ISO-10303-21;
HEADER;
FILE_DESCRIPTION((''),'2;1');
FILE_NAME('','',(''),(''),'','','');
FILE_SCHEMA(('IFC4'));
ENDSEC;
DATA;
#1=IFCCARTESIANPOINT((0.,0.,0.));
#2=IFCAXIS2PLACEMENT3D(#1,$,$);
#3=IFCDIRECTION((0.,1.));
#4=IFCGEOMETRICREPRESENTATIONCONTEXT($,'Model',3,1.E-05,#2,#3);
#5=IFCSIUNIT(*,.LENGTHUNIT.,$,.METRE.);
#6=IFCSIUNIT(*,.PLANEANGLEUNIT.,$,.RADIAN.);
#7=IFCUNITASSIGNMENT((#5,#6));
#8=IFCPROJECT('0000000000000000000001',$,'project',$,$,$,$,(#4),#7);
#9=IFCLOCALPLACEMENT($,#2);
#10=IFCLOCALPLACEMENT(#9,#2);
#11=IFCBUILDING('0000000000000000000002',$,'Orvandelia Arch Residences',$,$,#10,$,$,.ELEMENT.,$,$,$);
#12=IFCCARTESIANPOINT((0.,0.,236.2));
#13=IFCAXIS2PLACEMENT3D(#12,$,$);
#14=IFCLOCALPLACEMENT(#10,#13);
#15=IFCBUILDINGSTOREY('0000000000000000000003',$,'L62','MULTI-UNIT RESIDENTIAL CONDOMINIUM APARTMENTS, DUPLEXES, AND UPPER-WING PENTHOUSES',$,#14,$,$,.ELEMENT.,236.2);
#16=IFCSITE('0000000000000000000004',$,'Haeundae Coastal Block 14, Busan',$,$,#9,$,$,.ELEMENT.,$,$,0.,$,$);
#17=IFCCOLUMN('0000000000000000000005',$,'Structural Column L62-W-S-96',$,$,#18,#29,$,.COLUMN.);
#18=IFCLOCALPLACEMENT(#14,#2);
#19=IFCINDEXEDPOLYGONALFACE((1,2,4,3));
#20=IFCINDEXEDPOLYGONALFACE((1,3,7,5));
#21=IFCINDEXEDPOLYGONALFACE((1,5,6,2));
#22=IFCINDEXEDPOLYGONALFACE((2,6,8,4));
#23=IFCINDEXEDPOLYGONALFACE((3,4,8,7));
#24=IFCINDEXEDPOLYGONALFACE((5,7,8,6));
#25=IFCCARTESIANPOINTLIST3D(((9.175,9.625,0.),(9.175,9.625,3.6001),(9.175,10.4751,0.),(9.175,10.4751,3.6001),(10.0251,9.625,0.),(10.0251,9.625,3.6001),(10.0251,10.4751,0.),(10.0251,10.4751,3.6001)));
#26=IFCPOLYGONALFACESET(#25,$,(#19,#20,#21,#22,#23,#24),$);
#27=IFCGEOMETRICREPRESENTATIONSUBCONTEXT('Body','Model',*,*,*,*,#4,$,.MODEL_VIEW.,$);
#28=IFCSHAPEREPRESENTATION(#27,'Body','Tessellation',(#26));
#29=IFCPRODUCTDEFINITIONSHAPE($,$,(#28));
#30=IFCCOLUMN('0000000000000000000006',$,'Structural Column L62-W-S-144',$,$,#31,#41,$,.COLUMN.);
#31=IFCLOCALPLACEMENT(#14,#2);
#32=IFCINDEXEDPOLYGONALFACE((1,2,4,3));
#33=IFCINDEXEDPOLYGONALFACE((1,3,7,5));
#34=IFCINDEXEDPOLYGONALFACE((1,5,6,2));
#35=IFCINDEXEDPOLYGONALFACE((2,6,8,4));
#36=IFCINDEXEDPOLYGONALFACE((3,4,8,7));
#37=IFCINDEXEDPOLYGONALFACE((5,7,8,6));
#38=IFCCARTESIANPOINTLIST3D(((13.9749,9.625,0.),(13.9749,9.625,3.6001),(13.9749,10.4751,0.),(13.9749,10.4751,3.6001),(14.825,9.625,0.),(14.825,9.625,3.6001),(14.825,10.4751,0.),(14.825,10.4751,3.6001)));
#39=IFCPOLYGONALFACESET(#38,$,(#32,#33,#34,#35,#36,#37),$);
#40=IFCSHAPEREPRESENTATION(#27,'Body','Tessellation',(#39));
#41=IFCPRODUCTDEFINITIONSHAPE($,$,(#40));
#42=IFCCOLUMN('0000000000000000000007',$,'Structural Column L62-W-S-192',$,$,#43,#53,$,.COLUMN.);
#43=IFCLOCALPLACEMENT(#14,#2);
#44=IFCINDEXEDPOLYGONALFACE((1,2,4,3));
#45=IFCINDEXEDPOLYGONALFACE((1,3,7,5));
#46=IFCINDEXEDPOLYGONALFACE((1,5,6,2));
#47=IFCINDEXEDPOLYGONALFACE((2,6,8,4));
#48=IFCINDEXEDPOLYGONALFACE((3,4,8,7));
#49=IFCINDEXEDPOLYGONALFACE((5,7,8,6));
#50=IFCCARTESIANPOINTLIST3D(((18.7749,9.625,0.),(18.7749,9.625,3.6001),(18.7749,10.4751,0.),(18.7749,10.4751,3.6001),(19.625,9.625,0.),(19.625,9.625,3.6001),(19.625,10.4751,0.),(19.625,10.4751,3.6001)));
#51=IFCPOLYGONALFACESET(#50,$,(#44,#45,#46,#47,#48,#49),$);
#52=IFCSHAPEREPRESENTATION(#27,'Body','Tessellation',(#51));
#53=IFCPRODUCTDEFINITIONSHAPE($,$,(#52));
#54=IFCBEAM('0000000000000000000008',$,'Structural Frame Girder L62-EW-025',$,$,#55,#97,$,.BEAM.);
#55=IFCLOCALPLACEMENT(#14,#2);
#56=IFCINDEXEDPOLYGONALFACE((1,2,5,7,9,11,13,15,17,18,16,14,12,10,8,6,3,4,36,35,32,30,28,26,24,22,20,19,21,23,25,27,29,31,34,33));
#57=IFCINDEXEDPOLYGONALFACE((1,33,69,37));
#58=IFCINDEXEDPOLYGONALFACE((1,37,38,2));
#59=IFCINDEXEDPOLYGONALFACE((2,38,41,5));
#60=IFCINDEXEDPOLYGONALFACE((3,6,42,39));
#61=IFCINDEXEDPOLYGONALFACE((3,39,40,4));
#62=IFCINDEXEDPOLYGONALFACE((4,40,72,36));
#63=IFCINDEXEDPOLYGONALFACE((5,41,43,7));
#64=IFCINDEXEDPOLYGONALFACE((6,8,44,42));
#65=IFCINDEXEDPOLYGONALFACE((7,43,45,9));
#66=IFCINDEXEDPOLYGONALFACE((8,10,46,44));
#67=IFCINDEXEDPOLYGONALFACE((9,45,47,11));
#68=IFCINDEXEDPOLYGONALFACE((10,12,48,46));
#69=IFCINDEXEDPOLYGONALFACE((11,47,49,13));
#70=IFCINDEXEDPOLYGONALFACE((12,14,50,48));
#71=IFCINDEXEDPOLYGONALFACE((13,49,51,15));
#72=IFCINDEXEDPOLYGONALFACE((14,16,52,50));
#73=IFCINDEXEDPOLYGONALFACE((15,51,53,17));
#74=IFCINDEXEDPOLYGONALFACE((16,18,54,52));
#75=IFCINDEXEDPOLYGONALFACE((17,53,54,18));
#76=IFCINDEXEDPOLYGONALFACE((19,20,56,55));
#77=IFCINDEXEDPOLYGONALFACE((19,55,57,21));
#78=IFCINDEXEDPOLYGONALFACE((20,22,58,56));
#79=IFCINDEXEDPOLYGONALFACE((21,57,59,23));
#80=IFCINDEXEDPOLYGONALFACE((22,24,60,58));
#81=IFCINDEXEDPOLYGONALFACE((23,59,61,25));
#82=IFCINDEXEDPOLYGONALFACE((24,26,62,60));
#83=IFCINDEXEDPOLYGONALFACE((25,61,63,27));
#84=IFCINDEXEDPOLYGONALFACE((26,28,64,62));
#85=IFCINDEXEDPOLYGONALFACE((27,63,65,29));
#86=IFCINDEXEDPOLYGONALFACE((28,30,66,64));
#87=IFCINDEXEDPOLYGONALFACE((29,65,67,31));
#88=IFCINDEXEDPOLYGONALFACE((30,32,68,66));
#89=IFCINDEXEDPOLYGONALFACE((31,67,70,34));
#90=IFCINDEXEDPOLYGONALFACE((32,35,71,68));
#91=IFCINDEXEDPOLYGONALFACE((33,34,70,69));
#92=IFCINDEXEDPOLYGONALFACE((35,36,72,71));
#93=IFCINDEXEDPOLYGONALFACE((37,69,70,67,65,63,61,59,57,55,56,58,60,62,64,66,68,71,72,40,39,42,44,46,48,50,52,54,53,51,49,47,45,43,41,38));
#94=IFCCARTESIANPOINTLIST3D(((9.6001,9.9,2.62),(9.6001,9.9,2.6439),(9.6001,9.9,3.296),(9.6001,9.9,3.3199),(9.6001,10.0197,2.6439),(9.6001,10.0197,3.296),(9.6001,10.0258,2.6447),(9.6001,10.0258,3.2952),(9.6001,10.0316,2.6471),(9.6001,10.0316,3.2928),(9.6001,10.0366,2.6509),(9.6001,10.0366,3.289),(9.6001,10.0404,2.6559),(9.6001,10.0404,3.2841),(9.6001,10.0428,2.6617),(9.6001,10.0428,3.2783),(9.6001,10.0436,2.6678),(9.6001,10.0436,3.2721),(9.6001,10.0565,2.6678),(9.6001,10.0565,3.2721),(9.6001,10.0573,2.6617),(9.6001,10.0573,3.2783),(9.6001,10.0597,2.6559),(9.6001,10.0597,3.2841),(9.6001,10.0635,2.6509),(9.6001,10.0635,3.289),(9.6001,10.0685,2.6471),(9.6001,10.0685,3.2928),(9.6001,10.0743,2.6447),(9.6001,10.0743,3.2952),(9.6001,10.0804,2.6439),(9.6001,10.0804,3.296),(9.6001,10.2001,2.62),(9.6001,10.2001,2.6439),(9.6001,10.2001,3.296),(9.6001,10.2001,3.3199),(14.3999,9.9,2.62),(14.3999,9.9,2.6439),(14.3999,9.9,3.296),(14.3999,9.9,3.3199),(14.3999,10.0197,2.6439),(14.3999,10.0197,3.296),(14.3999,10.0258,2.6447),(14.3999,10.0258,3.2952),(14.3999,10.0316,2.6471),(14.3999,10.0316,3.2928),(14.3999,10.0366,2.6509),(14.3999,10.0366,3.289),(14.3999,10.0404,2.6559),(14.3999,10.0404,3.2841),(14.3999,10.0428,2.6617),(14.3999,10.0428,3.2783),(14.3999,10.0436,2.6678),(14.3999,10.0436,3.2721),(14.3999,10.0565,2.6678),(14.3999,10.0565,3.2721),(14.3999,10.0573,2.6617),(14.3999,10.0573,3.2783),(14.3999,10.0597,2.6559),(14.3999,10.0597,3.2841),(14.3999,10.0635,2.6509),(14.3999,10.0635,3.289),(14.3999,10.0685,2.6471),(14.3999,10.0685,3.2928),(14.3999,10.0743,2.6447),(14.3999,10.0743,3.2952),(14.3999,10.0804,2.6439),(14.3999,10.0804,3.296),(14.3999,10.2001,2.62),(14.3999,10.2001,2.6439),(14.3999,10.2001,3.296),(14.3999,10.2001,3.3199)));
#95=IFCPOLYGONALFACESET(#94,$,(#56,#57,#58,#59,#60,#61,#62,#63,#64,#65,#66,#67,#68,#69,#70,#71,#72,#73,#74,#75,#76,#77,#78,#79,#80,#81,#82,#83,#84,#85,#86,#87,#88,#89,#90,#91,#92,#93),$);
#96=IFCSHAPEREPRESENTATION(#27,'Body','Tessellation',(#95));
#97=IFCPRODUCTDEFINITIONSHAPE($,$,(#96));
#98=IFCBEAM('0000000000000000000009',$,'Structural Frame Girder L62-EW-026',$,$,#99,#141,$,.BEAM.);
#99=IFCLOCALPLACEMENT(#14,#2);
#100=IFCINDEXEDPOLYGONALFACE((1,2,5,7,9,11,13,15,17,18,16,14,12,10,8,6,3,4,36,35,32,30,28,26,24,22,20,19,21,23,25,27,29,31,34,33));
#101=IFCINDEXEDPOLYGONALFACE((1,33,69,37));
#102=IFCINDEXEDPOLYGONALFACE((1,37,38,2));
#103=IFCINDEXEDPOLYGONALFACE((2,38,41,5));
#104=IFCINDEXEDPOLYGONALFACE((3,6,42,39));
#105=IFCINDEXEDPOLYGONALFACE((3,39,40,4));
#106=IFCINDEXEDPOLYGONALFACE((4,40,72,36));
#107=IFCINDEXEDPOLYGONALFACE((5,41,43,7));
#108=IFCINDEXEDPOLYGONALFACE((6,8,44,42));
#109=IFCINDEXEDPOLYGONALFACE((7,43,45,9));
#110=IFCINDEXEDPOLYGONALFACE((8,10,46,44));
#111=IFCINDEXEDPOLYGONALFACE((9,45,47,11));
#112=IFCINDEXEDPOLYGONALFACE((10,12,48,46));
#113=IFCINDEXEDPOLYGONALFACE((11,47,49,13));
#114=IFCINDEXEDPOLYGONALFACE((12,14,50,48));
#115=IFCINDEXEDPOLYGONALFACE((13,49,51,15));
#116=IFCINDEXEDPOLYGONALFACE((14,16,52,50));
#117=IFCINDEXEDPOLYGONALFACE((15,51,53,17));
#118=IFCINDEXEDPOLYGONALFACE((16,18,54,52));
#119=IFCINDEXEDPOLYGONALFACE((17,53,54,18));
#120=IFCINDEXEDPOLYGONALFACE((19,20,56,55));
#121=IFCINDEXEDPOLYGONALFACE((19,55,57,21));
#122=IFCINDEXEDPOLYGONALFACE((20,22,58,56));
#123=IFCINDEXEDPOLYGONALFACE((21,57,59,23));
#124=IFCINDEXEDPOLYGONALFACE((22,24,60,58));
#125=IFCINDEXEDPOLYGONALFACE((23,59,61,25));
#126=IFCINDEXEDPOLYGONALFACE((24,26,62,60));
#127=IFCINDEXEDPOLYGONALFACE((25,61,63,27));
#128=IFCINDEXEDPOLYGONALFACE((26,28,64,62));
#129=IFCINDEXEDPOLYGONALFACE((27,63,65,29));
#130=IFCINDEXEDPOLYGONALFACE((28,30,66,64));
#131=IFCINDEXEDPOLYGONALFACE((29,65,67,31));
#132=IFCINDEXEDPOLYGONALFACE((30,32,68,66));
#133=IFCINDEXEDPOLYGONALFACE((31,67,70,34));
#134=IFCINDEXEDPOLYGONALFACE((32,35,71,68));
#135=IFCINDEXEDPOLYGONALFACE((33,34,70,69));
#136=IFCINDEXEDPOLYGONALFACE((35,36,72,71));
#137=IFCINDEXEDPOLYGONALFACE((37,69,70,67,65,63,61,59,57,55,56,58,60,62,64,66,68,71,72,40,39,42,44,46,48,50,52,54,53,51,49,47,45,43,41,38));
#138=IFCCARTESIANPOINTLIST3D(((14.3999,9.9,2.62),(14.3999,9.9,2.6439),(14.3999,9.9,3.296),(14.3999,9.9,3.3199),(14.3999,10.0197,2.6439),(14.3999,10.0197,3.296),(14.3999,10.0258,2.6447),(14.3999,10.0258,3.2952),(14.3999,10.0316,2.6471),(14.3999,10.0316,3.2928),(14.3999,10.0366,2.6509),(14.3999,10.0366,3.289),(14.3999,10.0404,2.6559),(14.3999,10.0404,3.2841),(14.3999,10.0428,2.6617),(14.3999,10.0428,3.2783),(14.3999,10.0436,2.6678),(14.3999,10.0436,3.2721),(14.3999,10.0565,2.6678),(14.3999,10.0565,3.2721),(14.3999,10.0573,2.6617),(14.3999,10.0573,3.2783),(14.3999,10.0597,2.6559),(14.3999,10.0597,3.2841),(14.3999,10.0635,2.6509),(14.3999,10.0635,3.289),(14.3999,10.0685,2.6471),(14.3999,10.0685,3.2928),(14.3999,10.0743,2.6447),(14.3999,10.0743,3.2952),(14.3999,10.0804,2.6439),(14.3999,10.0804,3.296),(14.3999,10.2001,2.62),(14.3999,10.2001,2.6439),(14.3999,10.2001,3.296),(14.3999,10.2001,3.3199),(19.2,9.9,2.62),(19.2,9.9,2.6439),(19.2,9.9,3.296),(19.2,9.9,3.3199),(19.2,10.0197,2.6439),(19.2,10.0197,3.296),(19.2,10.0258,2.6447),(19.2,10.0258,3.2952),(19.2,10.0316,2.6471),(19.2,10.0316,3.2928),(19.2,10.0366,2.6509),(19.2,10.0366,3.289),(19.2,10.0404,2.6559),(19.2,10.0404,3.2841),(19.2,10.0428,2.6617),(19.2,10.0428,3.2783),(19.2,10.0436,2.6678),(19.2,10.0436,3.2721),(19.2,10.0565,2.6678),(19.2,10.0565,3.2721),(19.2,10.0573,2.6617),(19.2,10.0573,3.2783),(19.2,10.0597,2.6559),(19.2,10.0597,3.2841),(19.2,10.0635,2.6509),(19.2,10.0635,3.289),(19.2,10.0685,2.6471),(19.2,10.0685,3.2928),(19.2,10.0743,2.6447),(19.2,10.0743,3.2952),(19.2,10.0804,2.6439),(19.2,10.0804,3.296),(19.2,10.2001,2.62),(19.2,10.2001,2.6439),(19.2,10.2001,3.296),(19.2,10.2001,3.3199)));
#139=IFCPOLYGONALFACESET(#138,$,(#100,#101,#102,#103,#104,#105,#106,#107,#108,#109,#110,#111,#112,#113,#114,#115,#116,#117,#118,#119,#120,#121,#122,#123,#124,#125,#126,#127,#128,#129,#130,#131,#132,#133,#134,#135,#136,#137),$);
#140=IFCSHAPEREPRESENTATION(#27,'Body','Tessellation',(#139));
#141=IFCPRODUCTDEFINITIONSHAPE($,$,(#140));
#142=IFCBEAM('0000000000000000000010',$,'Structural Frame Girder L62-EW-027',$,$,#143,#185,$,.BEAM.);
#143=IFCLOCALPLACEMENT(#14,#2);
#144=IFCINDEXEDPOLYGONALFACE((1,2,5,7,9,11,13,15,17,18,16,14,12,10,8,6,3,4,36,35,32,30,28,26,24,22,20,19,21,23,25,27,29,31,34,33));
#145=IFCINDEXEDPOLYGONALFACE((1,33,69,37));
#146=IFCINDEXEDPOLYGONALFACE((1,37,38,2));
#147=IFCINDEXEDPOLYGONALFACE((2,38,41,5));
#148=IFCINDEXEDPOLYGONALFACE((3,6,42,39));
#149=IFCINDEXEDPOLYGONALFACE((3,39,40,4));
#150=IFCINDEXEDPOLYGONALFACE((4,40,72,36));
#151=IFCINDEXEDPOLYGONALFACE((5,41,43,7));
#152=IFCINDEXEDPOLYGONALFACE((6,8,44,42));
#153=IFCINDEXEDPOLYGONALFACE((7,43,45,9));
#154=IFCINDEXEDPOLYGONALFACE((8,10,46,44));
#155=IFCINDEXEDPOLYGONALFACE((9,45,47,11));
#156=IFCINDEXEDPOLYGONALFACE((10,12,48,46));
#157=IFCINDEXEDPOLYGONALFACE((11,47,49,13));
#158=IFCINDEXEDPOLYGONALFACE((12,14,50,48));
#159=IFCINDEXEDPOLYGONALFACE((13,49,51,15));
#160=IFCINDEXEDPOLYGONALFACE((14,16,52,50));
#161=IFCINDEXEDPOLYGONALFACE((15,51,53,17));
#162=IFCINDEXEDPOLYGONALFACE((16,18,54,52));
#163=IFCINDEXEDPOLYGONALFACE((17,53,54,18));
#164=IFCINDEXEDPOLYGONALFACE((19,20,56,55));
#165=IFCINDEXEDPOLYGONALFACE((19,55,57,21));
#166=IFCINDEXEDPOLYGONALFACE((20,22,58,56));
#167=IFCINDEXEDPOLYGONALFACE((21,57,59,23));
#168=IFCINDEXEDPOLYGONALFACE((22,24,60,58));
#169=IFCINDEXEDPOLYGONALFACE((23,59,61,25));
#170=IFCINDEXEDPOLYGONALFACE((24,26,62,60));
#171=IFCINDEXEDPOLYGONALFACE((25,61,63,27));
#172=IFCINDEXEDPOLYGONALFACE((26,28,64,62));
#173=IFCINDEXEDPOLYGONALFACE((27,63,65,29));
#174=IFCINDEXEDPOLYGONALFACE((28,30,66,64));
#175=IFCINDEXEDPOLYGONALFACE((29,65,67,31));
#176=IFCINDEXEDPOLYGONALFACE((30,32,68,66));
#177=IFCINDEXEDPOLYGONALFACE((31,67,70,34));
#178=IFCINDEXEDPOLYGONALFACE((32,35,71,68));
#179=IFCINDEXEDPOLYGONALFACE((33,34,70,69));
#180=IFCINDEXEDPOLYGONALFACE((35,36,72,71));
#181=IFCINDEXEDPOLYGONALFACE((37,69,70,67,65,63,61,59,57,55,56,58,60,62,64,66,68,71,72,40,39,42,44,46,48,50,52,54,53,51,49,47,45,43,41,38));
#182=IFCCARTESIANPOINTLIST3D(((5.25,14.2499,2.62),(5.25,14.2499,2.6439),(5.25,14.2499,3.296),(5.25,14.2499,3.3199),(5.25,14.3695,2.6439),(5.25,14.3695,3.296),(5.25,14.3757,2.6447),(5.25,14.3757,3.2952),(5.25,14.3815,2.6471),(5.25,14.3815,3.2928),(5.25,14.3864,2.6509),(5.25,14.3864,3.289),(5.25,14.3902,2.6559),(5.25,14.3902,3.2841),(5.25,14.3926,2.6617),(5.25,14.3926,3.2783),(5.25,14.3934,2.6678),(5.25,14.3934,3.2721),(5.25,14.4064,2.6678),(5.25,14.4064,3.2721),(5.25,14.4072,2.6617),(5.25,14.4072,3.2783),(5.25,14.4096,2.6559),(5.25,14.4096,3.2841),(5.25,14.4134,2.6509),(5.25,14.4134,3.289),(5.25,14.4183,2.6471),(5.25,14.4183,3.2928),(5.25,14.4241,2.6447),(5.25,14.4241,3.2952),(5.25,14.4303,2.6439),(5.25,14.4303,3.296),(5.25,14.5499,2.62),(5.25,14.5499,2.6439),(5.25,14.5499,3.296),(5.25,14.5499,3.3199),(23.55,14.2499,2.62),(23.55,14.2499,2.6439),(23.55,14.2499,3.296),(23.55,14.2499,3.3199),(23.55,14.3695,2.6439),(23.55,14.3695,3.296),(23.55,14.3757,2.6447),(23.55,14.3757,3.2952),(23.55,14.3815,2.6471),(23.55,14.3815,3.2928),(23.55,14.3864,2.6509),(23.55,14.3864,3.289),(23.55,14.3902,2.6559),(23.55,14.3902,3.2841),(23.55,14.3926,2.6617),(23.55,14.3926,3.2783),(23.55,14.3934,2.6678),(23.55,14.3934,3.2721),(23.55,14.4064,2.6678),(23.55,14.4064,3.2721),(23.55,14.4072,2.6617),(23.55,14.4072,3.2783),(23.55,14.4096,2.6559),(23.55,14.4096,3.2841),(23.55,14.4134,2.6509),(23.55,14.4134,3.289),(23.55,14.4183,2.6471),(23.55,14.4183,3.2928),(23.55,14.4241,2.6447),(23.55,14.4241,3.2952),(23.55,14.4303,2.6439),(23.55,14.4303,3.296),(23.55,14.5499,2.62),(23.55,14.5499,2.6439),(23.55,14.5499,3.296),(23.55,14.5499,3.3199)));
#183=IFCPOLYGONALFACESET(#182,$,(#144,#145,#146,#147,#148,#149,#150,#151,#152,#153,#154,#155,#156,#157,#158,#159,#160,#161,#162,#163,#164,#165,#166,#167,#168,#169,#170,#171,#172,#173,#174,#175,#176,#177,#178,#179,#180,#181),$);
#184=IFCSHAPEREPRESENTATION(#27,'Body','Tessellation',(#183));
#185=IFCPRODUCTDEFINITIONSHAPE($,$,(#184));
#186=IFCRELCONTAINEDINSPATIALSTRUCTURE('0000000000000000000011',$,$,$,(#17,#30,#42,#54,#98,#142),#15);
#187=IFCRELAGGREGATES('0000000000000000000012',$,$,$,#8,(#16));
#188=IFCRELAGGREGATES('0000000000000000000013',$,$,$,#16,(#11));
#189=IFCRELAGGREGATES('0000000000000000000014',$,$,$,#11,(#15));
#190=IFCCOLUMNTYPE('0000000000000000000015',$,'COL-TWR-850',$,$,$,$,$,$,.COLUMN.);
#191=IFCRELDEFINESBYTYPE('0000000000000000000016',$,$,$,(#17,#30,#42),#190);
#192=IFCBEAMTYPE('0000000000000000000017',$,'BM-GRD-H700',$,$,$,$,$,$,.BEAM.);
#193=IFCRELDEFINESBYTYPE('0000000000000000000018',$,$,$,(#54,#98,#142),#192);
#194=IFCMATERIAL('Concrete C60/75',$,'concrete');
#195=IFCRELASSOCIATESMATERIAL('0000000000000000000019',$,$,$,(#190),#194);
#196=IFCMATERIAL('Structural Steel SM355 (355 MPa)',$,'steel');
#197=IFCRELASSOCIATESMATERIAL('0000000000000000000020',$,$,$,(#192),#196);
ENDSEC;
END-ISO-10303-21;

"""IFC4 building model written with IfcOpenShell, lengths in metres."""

from ifc_helpers import new_model, si_unit, direction, frame, origin, origin_2d, place, context, subcontext, project, spatial, rectangle, i_section, extrude, material, material_profile, profile_set, type_object, element, save


model = new_model("IFC4")

# Units and contexts
model_context = context("Model", 3, precision=1e-05, world=origin(), true_north=direction((0.0, 1.0)))
body_context = subcontext(model_context, "Body", "Model", "MODEL_VIEW")
ifc_project = project(units=[si_unit("LENGTHUNIT", "METRE"), si_unit("PLANEANGLEUNIT", "RADIAN")], contexts=[model_context])

# Site, building, storey
site_placement = place(None, origin())
site = spatial("IfcSite", under=ifc_project, at=site_placement, Name="Haeundae Coastal Block 14, Busan", CompositionType="ELEMENT", RefElevation=0.0)
building_placement = place(site_placement, origin())
building = spatial("IfcBuilding", under=site, at=building_placement, Name="Orvandelia Arch Residences", CompositionType="ELEMENT")
storey_placement = place(building_placement, frame((0.0, 0.0, 236.2)))
storey = spatial("IfcBuildingStorey", under=building, at=storey_placement, Name="L62", Description="MULTI-UNIT RESIDENTIAL CONDOMINIUM APARTMENTS, DUPLEXES, AND UPPER-WING PENTHOUSES", CompositionType="ELEMENT", Elevation=236.2)

# Columns
ifc_material_1 = material(Name="Concrete C60/75", Category="concrete")
ifc_material_profile_1 = material_profile(ifc_material_1, rectangle(XDim=0.8501, YDim=0.8501, at=origin_2d()), Name="Concrete C60/75", Category="concrete")
ifc_profile_set_1 = profile_set([ifc_material_profile_1], Name="Concrete C60/75")
column_type = type_object("IfcColumnType", Name="COL-TWR-850", PredefinedType="COLUMN", material=ifc_profile_set_1)
for number, where, z_axis, x_axis, name in (
    (1, (9.6001, 10.05, 0.0), (0.0, 0.0, 1.0), (1.0, 0.0, 0.0), "Structural Column L62-W-S-96"),
    (2, (14.3999, 10.05, 0.0), (0.0, 0.0, 1.0), (1.0, 0.0, 0.0), "Structural Column L62-W-S-144"),
    (3, (19.2, 10.05, 0.0), (0.0, 0.0, 1.0), (1.0, 0.0, 0.0), "Structural Column L62-W-S-192"),
):
    element("IfcColumn", number, at=place(storey_placement, frame(where, z_axis=z_axis, x_axis=x_axis)), inside=storey, type_object=column_type, Name=name, PredefinedType="COLUMN", context=body_context, shape_type="SweptSolid", body=[
        extrude(rectangle(XDim=0.8501, YDim=0.8501, at=origin_2d()), origin(), (0.0, 0.0, 1.0), 3.6001),
    ])

# Beams
ifc_material_2 = material(Name="Structural Steel SM355 (355 MPa)", Category="steel")
ifc_material_profile_2 = material_profile(ifc_material_2, i_section(OverallWidth=0.3, OverallDepth=0.7, WebThickness=0.0129, FlangeThickness=0.0239, FilletRadius=0.0239, at=origin_2d()), Name="Structural Steel SM355 (355 MPa)", Category="steel")
ifc_profile_set_2 = profile_set([ifc_material_profile_2], Name="Structural Steel SM355 (355 MPa)")
beam_type = type_object("IfcBeamType", Name="BM-GRD-H700", PredefinedType="BEAM", material=ifc_profile_set_2)
beam_1_placement = place(storey_placement, frame((9.6001, 10.05, 2.97), z_axis=(1.0, 0.0, 0.0), x_axis=(0.0, 1.0, 0.0)))
element("IfcBeam", 4, at=beam_1_placement, inside=storey, type_object=beam_type, Name="Structural Frame Girder L62-EW-025", PredefinedType="BEAM", context=body_context, shape_type="SweptSolid", body=[
    extrude(i_section(OverallWidth=0.3, OverallDepth=0.7, WebThickness=0.0129, FlangeThickness=0.0239, FilletRadius=0.0239, at=origin_2d()), origin(), (0.0, 0.0, 1.0), 4.7998),
])
beam_2_placement = place(storey_placement, frame((14.3999, 10.05, 2.97), z_axis=(1.0, 0.0, 0.0), x_axis=(0.0, 1.0, 0.0)))
element("IfcBeam", 5, at=beam_2_placement, inside=storey, type_object=beam_type, Name="Structural Frame Girder L62-EW-026", PredefinedType="BEAM", context=body_context, shape_type="SweptSolid", body=[
    extrude(i_section(OverallWidth=0.3, OverallDepth=0.7, WebThickness=0.0129, FlangeThickness=0.0239, FilletRadius=0.0239, at=origin_2d()), origin(), (0.0, 0.0, 1.0), 4.8),
])
beam_3_placement = place(storey_placement, frame((5.25, 14.3999, 2.97), z_axis=(1.0, 0.0, 0.0), x_axis=(0.0, 1.0, 0.0)))
element("IfcBeam", 6, at=beam_3_placement, inside=storey, type_object=beam_type, Name="Structural Frame Girder L62-EW-027", PredefinedType="BEAM", context=body_context, shape_type="SweptSolid", body=[
    extrude(i_section(OverallWidth=0.3, OverallDepth=0.7, WebThickness=0.0129, FlangeThickness=0.0239, FilletRadius=0.0239, at=origin_2d()), origin(), (0.0, 0.0, 1.0), 18.3),
])

save(model, "model.ifc")
